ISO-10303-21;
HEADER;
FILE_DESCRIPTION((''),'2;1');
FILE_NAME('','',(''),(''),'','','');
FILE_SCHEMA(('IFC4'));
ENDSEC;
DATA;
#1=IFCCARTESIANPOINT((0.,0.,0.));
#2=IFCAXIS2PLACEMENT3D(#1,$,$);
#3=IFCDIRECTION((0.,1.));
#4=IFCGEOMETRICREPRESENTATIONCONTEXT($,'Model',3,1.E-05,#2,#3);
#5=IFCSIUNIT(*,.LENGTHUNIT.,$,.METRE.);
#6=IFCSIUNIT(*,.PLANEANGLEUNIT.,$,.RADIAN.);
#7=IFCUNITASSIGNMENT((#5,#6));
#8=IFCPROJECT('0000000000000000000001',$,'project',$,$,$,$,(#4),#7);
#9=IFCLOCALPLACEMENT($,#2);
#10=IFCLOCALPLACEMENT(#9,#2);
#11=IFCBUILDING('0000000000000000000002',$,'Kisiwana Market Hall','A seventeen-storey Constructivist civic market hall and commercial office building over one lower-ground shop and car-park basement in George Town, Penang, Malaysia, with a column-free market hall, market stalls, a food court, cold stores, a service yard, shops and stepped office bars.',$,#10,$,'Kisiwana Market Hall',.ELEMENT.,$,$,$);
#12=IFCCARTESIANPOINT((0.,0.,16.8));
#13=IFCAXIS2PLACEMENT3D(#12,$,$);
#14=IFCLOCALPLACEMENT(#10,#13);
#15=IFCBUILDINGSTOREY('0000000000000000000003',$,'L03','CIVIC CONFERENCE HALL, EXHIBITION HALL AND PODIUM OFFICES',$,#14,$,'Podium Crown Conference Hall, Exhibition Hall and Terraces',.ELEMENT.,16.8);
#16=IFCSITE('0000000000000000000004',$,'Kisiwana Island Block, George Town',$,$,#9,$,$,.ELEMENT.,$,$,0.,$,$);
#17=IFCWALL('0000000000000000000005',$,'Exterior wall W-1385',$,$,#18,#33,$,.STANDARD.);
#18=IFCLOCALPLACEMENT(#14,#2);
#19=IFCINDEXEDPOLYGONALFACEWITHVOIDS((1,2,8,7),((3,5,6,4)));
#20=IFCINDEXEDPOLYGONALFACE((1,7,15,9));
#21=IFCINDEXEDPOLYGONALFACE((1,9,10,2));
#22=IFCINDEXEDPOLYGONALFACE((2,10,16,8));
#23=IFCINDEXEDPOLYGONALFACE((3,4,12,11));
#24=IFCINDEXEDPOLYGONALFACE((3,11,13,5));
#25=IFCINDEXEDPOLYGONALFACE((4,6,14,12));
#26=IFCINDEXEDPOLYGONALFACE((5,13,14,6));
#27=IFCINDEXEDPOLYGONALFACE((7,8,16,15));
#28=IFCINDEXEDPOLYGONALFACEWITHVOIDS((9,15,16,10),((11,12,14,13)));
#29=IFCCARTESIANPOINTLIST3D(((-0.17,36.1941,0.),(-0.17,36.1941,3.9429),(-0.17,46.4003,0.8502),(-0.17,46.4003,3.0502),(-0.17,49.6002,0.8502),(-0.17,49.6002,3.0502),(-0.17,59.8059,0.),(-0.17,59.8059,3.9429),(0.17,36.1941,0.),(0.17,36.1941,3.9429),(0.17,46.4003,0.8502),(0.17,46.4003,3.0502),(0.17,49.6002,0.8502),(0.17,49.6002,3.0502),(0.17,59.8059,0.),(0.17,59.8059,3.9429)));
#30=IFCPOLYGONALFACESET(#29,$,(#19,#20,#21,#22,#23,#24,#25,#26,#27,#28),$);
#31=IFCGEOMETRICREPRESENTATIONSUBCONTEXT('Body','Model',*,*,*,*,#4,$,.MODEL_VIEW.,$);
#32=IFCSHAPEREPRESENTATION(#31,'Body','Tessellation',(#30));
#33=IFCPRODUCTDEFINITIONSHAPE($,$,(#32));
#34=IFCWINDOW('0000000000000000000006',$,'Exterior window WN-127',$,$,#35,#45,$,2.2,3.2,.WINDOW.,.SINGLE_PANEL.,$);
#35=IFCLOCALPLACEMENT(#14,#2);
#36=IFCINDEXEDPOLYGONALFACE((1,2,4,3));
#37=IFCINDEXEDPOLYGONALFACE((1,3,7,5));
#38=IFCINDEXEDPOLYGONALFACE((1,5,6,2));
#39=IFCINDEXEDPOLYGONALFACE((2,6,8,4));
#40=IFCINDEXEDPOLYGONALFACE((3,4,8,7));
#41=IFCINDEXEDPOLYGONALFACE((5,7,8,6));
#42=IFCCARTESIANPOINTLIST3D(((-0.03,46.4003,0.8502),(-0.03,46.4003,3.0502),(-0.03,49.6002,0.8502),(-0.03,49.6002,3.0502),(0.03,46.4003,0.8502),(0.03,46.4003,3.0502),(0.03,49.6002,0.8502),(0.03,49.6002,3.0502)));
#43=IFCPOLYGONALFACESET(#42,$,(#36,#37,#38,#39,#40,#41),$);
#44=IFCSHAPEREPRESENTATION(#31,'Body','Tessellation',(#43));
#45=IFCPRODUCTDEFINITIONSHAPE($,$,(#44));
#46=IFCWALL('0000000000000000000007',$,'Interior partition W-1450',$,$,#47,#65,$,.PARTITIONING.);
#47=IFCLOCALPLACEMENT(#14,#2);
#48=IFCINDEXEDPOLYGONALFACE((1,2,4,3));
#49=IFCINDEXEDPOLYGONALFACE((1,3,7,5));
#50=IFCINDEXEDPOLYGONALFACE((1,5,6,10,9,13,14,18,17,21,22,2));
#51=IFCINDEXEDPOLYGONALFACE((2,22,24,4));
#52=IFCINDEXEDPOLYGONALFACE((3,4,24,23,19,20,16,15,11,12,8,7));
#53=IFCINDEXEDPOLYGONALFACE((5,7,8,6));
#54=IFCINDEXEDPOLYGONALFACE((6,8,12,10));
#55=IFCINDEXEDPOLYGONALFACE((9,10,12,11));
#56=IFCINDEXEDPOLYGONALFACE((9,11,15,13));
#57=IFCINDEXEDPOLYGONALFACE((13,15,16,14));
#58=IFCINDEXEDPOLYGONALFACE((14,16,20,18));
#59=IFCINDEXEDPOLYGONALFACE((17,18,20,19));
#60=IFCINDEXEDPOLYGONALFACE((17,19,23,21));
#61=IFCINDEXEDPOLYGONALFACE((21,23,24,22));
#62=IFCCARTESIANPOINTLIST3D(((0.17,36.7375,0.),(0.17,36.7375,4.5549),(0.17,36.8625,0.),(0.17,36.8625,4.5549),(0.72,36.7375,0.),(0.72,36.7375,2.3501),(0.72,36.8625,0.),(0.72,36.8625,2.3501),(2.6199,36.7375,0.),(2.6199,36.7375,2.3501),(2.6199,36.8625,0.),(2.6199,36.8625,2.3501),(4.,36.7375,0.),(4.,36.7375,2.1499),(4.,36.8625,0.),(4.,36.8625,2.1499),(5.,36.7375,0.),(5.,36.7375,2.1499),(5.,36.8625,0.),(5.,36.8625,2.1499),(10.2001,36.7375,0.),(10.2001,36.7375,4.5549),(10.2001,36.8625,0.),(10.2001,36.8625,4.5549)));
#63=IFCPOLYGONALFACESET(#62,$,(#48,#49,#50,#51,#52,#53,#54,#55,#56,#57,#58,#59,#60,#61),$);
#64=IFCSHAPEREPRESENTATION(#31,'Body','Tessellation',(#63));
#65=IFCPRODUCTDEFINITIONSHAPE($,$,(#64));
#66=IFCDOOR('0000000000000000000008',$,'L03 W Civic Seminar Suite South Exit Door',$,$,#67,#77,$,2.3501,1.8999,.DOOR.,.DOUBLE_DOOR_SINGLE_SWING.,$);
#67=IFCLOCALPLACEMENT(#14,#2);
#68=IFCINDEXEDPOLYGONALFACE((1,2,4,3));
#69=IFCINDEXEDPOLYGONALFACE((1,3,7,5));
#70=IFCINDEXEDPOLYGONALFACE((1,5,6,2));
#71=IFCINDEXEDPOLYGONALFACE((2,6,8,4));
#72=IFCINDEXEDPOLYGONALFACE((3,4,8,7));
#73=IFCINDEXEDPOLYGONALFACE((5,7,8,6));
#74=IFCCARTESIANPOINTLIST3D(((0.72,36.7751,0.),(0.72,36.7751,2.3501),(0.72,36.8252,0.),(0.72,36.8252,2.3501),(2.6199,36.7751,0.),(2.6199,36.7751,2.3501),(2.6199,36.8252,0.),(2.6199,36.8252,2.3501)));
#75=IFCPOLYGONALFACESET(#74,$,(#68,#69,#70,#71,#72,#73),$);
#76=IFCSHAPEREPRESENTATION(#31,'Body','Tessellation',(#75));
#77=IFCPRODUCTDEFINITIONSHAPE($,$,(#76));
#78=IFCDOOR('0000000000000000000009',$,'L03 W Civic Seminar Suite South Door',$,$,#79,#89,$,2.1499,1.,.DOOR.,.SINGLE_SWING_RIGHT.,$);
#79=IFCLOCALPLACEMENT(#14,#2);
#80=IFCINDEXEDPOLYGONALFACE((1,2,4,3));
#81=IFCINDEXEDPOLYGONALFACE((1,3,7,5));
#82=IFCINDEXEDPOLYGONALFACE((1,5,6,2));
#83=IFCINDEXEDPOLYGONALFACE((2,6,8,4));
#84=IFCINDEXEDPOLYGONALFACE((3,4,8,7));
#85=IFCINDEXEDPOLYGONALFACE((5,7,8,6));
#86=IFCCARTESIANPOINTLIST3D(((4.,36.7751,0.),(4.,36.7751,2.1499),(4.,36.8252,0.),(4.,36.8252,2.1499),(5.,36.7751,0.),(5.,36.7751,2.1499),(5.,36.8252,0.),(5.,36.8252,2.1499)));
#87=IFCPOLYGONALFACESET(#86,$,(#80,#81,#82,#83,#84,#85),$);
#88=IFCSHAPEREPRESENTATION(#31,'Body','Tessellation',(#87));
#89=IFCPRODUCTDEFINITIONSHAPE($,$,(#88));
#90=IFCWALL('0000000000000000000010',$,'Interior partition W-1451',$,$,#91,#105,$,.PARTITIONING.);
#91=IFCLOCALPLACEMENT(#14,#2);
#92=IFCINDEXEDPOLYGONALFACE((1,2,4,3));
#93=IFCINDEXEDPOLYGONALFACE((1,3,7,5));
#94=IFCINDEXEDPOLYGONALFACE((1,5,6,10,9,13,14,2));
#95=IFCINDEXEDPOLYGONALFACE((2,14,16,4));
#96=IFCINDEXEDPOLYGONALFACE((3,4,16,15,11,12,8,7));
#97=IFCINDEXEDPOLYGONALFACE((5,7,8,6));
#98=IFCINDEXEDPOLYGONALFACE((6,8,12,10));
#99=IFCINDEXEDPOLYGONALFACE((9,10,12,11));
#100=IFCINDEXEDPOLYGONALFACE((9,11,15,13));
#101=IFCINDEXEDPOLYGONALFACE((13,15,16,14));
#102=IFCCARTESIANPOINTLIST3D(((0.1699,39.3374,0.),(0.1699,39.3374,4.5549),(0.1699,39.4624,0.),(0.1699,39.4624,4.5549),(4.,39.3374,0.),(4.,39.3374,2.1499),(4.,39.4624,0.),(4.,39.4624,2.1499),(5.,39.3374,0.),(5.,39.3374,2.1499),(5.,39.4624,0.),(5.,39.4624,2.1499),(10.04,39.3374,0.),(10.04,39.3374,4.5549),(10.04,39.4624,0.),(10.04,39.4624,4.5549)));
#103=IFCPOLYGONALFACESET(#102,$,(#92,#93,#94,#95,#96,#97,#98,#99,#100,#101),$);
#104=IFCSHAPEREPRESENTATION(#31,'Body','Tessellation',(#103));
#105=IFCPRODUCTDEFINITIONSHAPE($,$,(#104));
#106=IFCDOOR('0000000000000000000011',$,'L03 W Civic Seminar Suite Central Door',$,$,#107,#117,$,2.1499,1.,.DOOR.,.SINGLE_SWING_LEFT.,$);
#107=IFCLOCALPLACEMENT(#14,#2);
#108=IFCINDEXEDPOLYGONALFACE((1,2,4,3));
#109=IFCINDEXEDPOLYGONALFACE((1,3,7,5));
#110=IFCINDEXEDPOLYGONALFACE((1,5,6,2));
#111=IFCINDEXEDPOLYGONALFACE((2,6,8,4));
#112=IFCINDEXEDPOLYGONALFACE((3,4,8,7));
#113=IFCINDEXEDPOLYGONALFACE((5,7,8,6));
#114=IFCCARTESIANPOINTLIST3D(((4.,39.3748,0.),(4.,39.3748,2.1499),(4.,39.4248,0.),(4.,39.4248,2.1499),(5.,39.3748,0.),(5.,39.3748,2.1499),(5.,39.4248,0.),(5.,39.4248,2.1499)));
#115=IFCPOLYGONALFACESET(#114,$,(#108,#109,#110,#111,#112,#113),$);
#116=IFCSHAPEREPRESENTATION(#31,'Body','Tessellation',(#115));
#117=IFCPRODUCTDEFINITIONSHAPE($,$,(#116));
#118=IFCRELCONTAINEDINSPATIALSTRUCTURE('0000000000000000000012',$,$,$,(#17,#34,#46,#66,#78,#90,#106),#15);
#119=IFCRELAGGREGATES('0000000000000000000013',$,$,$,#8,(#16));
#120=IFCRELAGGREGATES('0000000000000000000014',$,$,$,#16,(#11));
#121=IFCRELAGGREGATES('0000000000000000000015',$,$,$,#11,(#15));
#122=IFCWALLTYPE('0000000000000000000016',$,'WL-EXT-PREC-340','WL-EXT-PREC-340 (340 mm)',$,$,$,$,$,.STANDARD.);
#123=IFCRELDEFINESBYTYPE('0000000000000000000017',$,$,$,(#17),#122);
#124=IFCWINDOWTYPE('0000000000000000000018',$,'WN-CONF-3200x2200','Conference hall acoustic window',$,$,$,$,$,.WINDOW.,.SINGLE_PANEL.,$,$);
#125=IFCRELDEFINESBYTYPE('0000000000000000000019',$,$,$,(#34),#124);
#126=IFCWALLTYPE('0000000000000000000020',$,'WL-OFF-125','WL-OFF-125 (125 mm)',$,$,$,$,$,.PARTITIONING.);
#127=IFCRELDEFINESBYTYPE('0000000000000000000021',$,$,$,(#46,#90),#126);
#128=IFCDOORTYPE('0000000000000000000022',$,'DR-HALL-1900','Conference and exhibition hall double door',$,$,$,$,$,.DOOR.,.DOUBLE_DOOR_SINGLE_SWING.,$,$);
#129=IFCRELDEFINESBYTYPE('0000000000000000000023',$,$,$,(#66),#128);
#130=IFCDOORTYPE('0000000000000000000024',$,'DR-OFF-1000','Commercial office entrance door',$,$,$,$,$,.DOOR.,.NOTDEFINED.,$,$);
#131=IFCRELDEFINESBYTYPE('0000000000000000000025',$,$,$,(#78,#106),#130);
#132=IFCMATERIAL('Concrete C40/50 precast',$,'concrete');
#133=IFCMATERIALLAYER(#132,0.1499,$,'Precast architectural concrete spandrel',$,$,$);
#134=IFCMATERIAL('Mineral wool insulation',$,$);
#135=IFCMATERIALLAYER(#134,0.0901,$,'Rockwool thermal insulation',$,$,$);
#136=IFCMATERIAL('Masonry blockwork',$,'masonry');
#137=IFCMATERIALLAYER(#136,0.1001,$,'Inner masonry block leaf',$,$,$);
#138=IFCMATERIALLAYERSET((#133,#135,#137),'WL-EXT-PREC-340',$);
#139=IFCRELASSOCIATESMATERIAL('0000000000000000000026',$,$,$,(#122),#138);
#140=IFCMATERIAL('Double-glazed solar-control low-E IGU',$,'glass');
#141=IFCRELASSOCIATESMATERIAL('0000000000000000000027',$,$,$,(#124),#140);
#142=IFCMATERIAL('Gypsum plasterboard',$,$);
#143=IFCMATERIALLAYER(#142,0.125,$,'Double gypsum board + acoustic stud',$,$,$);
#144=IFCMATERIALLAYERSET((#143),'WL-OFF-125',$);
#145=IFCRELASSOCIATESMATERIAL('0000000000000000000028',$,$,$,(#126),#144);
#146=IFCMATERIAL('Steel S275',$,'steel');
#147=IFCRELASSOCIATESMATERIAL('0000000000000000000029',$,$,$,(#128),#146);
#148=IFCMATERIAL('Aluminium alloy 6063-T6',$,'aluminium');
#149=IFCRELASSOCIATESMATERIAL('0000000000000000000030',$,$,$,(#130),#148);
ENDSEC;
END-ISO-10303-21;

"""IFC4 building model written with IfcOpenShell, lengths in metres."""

from ifc_helpers import new_model, si_unit, direction, frame, frame_2d, origin, place, context, subcontext, project, spatial, rectangle, extrude, material, layer, layer_set, type_object, element, fill, save


model = new_model("IFC4")

# Units and contexts
model_context = context("Model", 3, precision=1e-05, world=origin(), true_north=direction((0.0, 1.0)))
body_context = subcontext(model_context, "Body", "Model", "MODEL_VIEW")
ifc_project = project(units=[si_unit("LENGTHUNIT", "METRE"), si_unit("PLANEANGLEUNIT", "RADIAN")], contexts=[model_context])

# Site, building, storey
site_placement = place(None, origin())
site = spatial("IfcSite", under=ifc_project, at=site_placement, Name="Kisiwana Island Block, George Town", CompositionType="ELEMENT", RefElevation=0.0)
building_placement = place(site_placement, origin())
building = spatial("IfcBuilding", under=site, at=building_placement, Name="Kisiwana Market Hall", Description="A seventeen-storey Constructivist civic market hall and commercial office building over one lower-ground shop and car-park basement in George Town, Penang, Malaysia, with a column-free market hall, market stalls, a food court, cold stores, a service yard, shops and stepped office bars.", LongName="Kisiwana Market Hall", CompositionType="ELEMENT")
storey_placement = place(building_placement, frame((0.0, 0.0, 16.8)))
storey = spatial("IfcBuildingStorey", under=building, at=storey_placement, Name="L03", Description="CIVIC CONFERENCE HALL, EXHIBITION HALL AND PODIUM OFFICES", LongName="Podium Crown Conference Hall, Exhibition Hall and Terraces", CompositionType="ELEMENT", Elevation=16.8)

# Wall, opening, window
ifc_material_1 = material(Name="Concrete C40/50 precast", Category="concrete")
ifc_layer_1 = layer(ifc_material_1, 0.1499, Name="Precast architectural concrete spandrel")
ifc_material_2 = material(Name="Mineral wool insulation")
ifc_layer_2 = layer(ifc_material_2, 0.0901, Name="Rockwool thermal insulation")
ifc_material_3 = material(Name="Masonry blockwork", Category="masonry")
ifc_layer_3 = layer(ifc_material_3, 0.1001, Name="Inner masonry block leaf")
ifc_layer_set_1 = layer_set([ifc_layer_1, ifc_layer_2, ifc_layer_3], Name="WL-EXT-PREC-340")
wall_type_1 = type_object("IfcWallType", Name="WL-EXT-PREC-340", Description="WL-EXT-PREC-340 (340 mm)", PredefinedType="STANDARD", material=ifc_layer_set_1)
wall_1_placement = place(storey_placement, frame((0.0, 36.1941, 0.0), z_axis=(0.0, 0.0, 1.0), x_axis=(0.0, 1.0, 0.0)))
wall_1 = element("IfcWall", 1, at=wall_1_placement, inside=storey, type_object=wall_type_1, Name="Exterior wall W-1385", PredefinedType="STANDARD", context=body_context, shape_type="SweptSolid", body=[
    extrude(rectangle(XDim=23.6118, YDim=0.3401, at=frame_2d((11.8059, 0.0))), origin(), (0.0, 0.0, 1.0), 3.9429),
])
opening_1_placement = place(wall_1_placement, frame((10.2061, 0.0, 0.8501)))
opening_1 = element("IfcOpeningElement", 2, at=opening_1_placement, cuts=wall_1, PredefinedType="OPENING", context=body_context, shape_type="SweptSolid", body=[
    extrude(rectangle(XDim=3.2, YDim=2.2, at=frame_2d((1.6001, 1.1001))), frame((0.0, 0.1821, 0.0), z_axis=(0.0, -1.0, 0.0), x_axis=(1.0, 0.0, 0.0)), (0.0, 0.0, 1.0), 0.364),
])
ifc_material_4 = material(Name="Double-glazed solar-control low-E IGU", Category="glass")
window_type = type_object("IfcWindowType", Name="WN-CONF-3200x2200", Description="Conference hall acoustic window", PartitioningType="SINGLE_PANEL", PredefinedType="WINDOW", material=ifc_material_4)
window_placement = place(opening_1_placement, origin())
window = element("IfcWindow", 3, at=window_placement, inside=storey, type_object=window_type, Name="Exterior window WN-127", OverallHeight=2.2, OverallWidth=3.2, PartitioningType="SINGLE_PANEL", PredefinedType="WINDOW", context=body_context, shape_type="SweptSolid", body=[
    extrude(rectangle(XDim=3.2, YDim=2.2, at=frame_2d((1.6001, 1.1001))), frame((0.0, 0.03, 0.0), z_axis=(0.0, -1.0, 0.0), x_axis=(1.0, 0.0, 0.0)), (0.0, 0.0, 1.0), 0.0601),
])
fill(opening_1, window)

# Wall, openings, doors
ifc_material_5 = material(Name="Gypsum plasterboard")
ifc_layer_4 = layer(ifc_material_5, 0.125, Name="Double gypsum board + acoustic stud")
ifc_layer_set_2 = layer_set([ifc_layer_4], Name="WL-OFF-125")
wall_type_2 = type_object("IfcWallType", Name="WL-OFF-125", Description="WL-OFF-125 (125 mm)", PredefinedType="PARTITIONING", material=ifc_layer_set_2)
wall_2_placement = place(storey_placement, frame((0.1699, 36.8, 0.0), z_axis=(0.0, 0.0, 1.0), x_axis=(1.0, 0.0, 0.0)))
wall_2 = element("IfcWall", 4, at=wall_2_placement, inside=storey, type_object=wall_type_2, Name="Interior partition W-1450", PredefinedType="PARTITIONING", context=body_context, shape_type="SweptSolid", body=[
    extrude(rectangle(XDim=10.03, YDim=0.125, at=frame_2d((5.0151, 0.0))), origin(), (0.0, 0.0, 1.0), 4.5549),
])
opening_2_placement = place(wall_2_placement, frame((3.8301, 0.0, 0.0)))
opening_2 = element("IfcOpeningElement", 5, at=opening_2_placement, cuts=wall_2, PredefinedType="OPENING", context=body_context, shape_type="SweptSolid", body=[
    extrude(rectangle(XDim=1.0, YDim=2.1499, at=frame_2d((0.5, 1.075))), frame((0.0, 0.0745, 0.0), z_axis=(0.0, -1.0, 0.0), x_axis=(1.0, 0.0, 0.0)), (0.0, 0.0, 1.0), 0.1489),
])
opening_3_placement = place(wall_2_placement, frame((0.55, 0.0, 0.0)))
opening_3 = element("IfcOpeningElement", 6, at=opening_3_placement, cuts=wall_2, PredefinedType="OPENING", context=body_context, shape_type="SweptSolid", body=[
    extrude(rectangle(XDim=1.8999, YDim=2.3501, at=frame_2d((0.95, 1.175))), frame((0.0, 0.0745, 0.0), z_axis=(0.0, -1.0, 0.0), x_axis=(1.0, 0.0, 0.0)), (0.0, 0.0, 1.0), 0.1489),
])
ifc_material_6 = material(Name="Steel S275", Category="steel")
door_type_1 = type_object("IfcDoorType", Name="DR-HALL-1900", Description="Conference and exhibition hall double door", OperationType="DOUBLE_DOOR_SINGLE_SWING", PredefinedType="DOOR", material=ifc_material_6)
door_1_placement = place(opening_3_placement, frame((1.8999, 0.0, 0.0), z_axis=(0.0, 0.0, 1.0), x_axis=(-1.0, 0.0, 0.0)))
door_1 = element("IfcDoor", 7, at=door_1_placement, inside=storey, type_object=door_type_1, Name="L03 W Civic Seminar Suite South Exit Door", OperationType="DOUBLE_DOOR_SINGLE_SWING", OverallHeight=2.3501, OverallWidth=1.8999, PredefinedType="DOOR", context=body_context, shape_type="SweptSolid", body=[
    extrude(rectangle(XDim=1.8999, YDim=2.3501, at=frame_2d((0.95, 1.175))), frame((0.0, 0.0249, 0.0), z_axis=(0.0, -1.0, 0.0), x_axis=(1.0, 0.0, 0.0)), (0.0, 0.0, 1.0), 0.05),
])
fill(opening_3, door_1)
ifc_material_7 = material(Name="Aluminium alloy 6063-T6", Category="aluminium")
door_type_2 = type_object("IfcDoorType", Name="DR-OFF-1000", Description="Commercial office entrance door", OperationType="NOTDEFINED", PredefinedType="DOOR", material=ifc_material_7)
door_2_placement = place(opening_2_placement, frame((1.0, 0.0, 0.0), z_axis=(0.0, 0.0, 1.0), x_axis=(-1.0, 0.0, 0.0)))
door_2 = element("IfcDoor", 8, at=door_2_placement, inside=storey, type_object=door_type_2, Name="L03 W Civic Seminar Suite South Door", OperationType="SINGLE_SWING_RIGHT", OverallHeight=2.1499, OverallWidth=1.0, PredefinedType="DOOR", context=body_context, shape_type="SweptSolid", body=[
    extrude(rectangle(XDim=1.0, YDim=2.1499, at=frame_2d((0.5, 1.075))), frame((0.0, 0.0249, 0.0), z_axis=(0.0, -1.0, 0.0), x_axis=(1.0, 0.0, 0.0)), (0.0, 0.0, 1.0), 0.05),
])
fill(opening_2, door_2)

# Wall, opening, door
wall_3_placement = place(storey_placement, frame((0.1699, 39.3999, 0.0), z_axis=(0.0, 0.0, 1.0), x_axis=(1.0, 0.0, 0.0)))
wall_3 = element("IfcWall", 9, at=wall_3_placement, inside=storey, type_object=wall_type_2, Name="Interior partition W-1451", PredefinedType="PARTITIONING", context=body_context, shape_type="SweptSolid", body=[
    extrude(rectangle(XDim=9.8701, YDim=0.125, at=frame_2d((4.9351, 0.0))), origin(), (0.0, 0.0, 1.0), 4.5549),
])
opening_4_placement = place(wall_3_placement, frame((3.8301, 0.0, 0.0)))
opening_4 = element("IfcOpeningElement", 10, at=opening_4_placement, cuts=wall_3, PredefinedType="OPENING", context=body_context, shape_type="SweptSolid", body=[
    extrude(rectangle(XDim=1.0, YDim=2.1499, at=frame_2d((0.5, 1.075))), frame((0.0, 0.0745, 0.0), z_axis=(0.0, -1.0, 0.0), x_axis=(1.0, 0.0, 0.0)), (0.0, 0.0, 1.0), 0.1489),
])
door_3_placement = place(opening_4_placement, origin())
door_3 = element("IfcDoor", 11, at=door_3_placement, inside=storey, type_object=door_type_2, Name="L03 W Civic Seminar Suite Central Door", OperationType="SINGLE_SWING_LEFT", OverallHeight=2.1499, OverallWidth=1.0, PredefinedType="DOOR", context=body_context, shape_type="SweptSolid", body=[
    extrude(rectangle(XDim=1.0, YDim=2.1499, at=frame_2d((0.5, 1.075))), frame((0.0, 0.0249, 0.0), z_axis=(0.0, -1.0, 0.0), x_axis=(1.0, 0.0, 0.0)), (0.0, 0.0, 1.0), 0.05),
])
fill(opening_4, door_3)

save(model, "model.ifc")
